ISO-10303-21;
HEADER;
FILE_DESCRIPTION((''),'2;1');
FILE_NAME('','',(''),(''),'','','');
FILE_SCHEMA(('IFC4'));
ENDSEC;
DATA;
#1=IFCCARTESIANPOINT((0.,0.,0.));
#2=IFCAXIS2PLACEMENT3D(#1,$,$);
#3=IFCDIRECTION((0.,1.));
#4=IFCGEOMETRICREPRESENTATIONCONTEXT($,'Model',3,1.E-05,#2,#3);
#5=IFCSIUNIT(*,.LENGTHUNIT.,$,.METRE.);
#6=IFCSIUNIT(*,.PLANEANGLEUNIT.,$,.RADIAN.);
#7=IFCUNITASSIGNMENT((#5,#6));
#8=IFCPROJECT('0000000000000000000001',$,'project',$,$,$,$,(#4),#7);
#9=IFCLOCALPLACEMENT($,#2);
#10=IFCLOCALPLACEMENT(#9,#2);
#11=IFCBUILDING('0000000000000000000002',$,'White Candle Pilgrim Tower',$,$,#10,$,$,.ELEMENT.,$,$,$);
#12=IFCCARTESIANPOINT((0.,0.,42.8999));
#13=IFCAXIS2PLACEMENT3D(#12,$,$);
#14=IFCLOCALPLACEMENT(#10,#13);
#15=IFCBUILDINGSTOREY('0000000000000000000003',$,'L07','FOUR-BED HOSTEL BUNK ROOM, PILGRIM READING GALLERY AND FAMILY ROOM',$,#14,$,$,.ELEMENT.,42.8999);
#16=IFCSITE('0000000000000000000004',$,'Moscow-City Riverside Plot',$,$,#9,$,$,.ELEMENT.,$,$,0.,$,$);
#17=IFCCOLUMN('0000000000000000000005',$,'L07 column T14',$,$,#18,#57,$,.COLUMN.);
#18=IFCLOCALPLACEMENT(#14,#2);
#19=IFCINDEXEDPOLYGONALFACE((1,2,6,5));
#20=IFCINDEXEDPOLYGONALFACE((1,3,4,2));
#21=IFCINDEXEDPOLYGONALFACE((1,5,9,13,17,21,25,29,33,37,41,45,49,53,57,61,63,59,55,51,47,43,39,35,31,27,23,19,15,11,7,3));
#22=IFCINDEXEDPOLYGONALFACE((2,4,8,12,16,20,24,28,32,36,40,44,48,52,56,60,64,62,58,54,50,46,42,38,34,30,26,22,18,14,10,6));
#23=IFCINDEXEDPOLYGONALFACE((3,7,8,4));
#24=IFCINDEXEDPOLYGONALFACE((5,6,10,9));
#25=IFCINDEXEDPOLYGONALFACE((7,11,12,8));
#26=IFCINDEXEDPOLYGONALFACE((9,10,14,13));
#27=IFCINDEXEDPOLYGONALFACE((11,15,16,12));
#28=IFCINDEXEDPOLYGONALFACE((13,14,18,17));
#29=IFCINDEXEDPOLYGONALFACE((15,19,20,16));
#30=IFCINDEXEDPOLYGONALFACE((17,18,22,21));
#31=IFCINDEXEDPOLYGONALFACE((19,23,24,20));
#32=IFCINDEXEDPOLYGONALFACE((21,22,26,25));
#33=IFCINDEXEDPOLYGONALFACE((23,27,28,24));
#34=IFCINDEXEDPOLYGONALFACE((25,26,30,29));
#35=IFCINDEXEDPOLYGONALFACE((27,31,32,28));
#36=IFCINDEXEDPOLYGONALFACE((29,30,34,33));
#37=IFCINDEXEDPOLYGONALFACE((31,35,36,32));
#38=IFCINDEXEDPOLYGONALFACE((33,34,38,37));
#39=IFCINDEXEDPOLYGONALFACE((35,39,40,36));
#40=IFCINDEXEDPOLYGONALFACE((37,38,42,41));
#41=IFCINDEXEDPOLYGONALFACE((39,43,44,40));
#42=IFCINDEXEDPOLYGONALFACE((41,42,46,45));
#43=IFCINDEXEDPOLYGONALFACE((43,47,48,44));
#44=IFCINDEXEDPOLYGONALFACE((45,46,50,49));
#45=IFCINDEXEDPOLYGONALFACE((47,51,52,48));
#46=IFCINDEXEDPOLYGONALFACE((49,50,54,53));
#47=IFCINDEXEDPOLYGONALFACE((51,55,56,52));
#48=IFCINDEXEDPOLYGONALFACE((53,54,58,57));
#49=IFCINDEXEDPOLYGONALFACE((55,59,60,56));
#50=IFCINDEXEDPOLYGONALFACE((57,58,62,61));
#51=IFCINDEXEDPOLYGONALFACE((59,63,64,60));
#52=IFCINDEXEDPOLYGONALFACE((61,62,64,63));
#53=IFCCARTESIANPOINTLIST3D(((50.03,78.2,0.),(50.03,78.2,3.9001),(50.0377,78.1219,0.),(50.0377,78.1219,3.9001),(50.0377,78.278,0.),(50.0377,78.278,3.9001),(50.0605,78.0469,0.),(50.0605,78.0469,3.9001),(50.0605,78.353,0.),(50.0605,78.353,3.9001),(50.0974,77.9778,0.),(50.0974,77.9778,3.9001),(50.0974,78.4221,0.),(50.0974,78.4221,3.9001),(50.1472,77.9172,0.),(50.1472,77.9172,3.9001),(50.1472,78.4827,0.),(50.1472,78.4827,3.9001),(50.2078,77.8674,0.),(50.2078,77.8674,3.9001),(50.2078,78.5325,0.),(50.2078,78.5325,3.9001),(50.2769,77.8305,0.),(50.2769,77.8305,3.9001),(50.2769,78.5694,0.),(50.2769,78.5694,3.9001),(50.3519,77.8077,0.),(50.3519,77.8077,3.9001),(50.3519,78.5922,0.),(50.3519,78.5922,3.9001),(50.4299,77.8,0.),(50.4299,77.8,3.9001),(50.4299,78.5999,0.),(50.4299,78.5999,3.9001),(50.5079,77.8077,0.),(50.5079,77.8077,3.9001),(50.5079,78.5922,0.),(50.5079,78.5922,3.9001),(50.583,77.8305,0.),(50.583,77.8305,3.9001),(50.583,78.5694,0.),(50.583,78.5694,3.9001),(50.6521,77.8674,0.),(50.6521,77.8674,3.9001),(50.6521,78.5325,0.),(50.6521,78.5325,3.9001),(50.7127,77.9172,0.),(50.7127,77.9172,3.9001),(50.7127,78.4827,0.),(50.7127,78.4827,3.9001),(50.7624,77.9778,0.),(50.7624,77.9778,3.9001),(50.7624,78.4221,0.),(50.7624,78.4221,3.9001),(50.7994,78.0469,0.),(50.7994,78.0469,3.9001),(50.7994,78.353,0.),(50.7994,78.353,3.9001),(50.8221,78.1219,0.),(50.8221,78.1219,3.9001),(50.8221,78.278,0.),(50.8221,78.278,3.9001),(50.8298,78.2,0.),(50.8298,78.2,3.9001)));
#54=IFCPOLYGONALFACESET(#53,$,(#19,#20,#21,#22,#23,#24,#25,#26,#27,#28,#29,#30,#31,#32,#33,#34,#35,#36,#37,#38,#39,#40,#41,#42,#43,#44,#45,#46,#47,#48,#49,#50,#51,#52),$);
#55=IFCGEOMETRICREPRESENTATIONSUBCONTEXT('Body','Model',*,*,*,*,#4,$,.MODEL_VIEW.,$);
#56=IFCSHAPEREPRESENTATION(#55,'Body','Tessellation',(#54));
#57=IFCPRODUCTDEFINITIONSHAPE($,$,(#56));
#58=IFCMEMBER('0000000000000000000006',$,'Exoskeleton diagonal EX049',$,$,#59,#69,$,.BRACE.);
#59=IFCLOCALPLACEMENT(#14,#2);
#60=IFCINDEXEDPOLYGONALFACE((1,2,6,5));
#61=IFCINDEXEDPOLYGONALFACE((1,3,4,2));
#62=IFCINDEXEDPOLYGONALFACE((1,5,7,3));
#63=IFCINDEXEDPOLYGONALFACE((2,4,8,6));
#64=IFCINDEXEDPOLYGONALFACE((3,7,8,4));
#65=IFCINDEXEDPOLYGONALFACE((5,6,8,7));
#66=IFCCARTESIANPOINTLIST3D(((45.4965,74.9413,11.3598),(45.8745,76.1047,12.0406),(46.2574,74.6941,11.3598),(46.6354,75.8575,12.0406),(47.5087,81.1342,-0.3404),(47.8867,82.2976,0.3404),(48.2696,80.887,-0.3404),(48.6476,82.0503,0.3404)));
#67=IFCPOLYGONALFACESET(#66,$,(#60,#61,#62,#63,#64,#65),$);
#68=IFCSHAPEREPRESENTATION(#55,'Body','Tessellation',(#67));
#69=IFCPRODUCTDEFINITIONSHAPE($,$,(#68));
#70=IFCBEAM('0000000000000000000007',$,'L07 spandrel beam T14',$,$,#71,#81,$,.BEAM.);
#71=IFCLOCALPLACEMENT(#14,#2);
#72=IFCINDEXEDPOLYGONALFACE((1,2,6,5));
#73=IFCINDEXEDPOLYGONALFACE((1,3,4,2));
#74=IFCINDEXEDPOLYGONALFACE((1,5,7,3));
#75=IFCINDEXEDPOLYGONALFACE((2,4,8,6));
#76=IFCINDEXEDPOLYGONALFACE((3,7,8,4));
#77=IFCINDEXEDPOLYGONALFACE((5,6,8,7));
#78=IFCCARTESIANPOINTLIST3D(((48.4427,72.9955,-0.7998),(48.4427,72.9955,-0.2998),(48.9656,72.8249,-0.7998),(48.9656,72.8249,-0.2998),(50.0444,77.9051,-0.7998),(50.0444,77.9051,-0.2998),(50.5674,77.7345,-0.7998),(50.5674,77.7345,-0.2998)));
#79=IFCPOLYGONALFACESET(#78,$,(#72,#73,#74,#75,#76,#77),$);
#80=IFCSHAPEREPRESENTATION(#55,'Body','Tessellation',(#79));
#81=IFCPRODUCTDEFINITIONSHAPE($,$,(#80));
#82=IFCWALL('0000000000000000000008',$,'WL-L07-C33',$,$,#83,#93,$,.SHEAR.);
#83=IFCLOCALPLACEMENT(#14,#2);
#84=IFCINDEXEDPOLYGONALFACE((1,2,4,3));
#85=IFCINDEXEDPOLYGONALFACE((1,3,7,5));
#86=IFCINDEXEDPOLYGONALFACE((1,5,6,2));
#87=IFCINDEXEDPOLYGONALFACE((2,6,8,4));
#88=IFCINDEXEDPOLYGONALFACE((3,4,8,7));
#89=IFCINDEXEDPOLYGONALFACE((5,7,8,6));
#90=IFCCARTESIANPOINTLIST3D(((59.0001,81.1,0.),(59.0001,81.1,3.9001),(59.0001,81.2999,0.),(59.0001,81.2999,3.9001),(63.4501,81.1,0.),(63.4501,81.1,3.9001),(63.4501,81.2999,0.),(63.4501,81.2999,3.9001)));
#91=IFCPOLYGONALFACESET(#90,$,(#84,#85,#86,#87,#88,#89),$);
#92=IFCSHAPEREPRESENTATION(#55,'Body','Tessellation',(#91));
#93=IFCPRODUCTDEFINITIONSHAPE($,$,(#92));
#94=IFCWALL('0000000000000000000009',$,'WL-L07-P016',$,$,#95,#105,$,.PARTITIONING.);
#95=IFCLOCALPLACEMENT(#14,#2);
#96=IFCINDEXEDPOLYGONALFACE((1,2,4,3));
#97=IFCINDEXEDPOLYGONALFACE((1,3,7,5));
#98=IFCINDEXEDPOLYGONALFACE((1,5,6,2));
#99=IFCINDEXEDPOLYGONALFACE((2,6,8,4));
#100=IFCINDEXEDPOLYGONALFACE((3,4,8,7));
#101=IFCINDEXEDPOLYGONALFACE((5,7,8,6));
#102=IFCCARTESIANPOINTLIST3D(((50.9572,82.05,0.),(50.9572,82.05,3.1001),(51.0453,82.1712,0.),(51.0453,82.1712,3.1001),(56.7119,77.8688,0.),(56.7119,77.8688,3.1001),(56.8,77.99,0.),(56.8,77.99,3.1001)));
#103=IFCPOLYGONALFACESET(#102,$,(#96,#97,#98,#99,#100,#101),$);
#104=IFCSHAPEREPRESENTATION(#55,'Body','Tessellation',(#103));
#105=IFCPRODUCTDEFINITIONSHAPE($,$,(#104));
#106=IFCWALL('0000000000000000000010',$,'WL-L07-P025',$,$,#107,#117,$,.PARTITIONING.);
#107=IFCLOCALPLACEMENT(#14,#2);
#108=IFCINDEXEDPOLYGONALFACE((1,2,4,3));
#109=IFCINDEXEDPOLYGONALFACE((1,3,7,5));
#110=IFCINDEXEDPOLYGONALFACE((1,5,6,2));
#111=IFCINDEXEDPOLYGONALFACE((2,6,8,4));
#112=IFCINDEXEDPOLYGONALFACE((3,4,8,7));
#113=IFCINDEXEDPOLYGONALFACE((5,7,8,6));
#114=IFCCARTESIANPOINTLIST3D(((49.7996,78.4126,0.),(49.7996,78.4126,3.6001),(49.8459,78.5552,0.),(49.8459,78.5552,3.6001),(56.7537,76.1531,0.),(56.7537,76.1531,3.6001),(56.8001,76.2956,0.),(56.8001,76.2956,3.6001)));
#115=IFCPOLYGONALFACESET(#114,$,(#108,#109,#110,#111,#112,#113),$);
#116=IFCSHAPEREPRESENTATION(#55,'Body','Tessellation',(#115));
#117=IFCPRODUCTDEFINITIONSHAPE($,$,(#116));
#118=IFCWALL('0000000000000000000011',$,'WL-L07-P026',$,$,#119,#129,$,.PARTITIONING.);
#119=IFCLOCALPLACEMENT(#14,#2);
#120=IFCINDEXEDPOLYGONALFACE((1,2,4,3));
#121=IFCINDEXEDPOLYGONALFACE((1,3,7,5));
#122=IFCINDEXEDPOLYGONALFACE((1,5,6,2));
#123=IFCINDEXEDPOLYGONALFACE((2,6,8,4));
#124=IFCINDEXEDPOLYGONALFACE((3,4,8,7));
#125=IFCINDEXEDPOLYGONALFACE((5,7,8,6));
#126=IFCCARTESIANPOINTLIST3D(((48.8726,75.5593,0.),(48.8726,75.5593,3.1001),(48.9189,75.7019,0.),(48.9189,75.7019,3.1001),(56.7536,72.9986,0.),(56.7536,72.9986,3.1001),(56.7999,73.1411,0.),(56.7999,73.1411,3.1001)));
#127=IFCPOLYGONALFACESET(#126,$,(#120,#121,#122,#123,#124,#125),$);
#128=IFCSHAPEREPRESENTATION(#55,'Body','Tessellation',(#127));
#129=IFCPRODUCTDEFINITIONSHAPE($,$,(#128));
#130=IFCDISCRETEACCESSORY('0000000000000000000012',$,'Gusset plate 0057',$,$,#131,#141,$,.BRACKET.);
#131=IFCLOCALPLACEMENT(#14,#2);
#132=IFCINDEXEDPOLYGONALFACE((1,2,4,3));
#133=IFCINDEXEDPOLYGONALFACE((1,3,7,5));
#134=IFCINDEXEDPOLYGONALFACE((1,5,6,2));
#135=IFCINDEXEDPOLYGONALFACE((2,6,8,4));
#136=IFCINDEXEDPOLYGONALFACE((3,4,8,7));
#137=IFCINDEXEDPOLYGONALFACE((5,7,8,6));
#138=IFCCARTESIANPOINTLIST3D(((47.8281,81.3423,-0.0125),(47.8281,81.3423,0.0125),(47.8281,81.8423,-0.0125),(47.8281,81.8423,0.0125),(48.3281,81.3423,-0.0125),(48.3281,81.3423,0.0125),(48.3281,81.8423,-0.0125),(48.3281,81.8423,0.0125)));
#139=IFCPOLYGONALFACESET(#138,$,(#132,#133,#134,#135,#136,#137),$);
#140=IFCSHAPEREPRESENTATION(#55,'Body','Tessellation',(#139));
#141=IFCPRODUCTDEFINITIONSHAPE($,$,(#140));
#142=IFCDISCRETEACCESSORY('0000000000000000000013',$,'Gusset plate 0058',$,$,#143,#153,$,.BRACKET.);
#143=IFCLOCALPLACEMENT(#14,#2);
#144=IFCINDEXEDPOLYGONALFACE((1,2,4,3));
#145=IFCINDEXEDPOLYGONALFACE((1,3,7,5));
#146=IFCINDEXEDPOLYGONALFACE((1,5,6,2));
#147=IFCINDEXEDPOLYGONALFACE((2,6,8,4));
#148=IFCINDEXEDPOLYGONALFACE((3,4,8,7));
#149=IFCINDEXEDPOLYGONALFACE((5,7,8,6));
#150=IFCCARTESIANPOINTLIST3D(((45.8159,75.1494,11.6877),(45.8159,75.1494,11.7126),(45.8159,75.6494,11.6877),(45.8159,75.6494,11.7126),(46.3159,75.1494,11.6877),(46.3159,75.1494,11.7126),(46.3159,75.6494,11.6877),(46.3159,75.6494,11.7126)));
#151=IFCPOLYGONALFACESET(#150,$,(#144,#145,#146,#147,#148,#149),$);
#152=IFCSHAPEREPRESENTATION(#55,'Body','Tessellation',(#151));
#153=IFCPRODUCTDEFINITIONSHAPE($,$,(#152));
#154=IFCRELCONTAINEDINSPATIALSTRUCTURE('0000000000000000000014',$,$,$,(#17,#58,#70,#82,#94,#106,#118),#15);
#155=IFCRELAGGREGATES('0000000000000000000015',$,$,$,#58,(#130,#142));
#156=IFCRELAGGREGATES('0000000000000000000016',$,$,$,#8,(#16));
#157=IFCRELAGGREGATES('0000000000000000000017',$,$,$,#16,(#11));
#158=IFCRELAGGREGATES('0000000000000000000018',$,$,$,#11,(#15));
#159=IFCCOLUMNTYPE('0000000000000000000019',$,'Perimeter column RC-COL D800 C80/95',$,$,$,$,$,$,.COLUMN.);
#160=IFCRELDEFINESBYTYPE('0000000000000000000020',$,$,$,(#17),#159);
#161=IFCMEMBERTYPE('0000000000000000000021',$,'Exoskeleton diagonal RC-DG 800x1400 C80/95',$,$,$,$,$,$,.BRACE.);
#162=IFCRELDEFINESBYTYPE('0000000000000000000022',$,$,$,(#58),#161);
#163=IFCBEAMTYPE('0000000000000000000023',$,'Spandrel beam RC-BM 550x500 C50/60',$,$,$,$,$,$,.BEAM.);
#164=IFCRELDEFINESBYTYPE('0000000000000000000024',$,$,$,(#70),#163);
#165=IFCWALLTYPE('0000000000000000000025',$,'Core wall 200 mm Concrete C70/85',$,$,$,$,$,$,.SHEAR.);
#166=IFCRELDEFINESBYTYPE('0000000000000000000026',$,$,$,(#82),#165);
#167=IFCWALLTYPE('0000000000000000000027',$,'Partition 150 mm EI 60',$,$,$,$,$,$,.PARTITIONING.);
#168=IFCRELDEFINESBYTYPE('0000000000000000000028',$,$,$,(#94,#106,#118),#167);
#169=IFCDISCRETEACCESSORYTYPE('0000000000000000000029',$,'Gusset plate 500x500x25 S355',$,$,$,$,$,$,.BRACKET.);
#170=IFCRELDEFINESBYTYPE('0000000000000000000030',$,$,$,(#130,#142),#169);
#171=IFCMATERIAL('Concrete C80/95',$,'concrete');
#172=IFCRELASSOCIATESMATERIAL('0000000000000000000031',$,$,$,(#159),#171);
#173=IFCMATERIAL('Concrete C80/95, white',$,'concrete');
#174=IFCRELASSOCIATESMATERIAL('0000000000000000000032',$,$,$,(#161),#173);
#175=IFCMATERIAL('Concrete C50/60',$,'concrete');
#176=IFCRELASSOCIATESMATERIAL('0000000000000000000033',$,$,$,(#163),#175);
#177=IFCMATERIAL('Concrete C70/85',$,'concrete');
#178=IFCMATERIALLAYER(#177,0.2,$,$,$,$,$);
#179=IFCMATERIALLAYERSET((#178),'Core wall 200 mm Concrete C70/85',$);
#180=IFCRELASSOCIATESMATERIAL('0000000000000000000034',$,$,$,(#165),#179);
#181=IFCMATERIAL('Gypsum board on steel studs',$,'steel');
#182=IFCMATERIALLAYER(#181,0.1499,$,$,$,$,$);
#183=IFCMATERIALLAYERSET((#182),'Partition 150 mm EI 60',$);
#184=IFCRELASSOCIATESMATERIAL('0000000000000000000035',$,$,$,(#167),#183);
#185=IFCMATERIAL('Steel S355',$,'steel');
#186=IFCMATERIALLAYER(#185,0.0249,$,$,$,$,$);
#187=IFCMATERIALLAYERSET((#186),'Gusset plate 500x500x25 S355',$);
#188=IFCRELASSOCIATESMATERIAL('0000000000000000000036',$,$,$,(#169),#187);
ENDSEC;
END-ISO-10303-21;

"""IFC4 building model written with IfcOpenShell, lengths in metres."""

from ifc_helpers import new_model, si_unit, direction, frame, frame_2d, origin, origin_2d, place, context, subcontext, project, spatial, rectangle, circle, extrude, material, layer, layer_set, material_profile, profile_set, type_object, element, aggregate, save


model = new_model("IFC4")

# Units and contexts
model_context = context("Model", 3, precision=1e-05, world=origin(), true_north=direction((0.0, 1.0)))
body_context = subcontext(model_context, "Body", "Model", "MODEL_VIEW")
ifc_project = project(units=[si_unit("LENGTHUNIT", "METRE"), si_unit("PLANEANGLEUNIT", "RADIAN")], contexts=[model_context])

# Site, building, storey
site_placement = place(None, origin())
site = spatial("IfcSite", under=ifc_project, at=site_placement, Name="Moscow-City Riverside Plot", CompositionType="ELEMENT", RefElevation=0.0)
building_placement = place(site_placement, origin())
building = spatial("IfcBuilding", under=site, at=building_placement, Name="White Candle Pilgrim Tower", CompositionType="ELEMENT")
storey_placement = place(building_placement, frame((0.0, 0.0, 42.8999)))
storey = spatial("IfcBuildingStorey", under=building, at=storey_placement, Name="L07", Description="FOUR-BED HOSTEL BUNK ROOM, PILGRIM READING GALLERY AND FAMILY ROOM", CompositionType="ELEMENT", Elevation=42.8999)

# Column
ifc_material_1 = material(Name="Concrete C80/95", Category="concrete")
ifc_material_profile_1 = material_profile(ifc_material_1, circle(Radius=0.3999, at=origin_2d()), Name="RC-COL D800")
ifc_profile_set_1 = profile_set([ifc_material_profile_1], Name="Concrete C80/95")
column_type = type_object("IfcColumnType", Name="Perimeter column RC-COL D800 C80/95", PredefinedType="COLUMN", material=ifc_profile_set_1)
column_placement = place(storey_placement, frame((50.4299, 78.2, 0.0), z_axis=(0.0, 0.0, 1.0), x_axis=(1.0, 0.0, 0.0)))
element("IfcColumn", 1, at=column_placement, inside=storey, type_object=column_type, Name="L07 column T14", PredefinedType="COLUMN", context=body_context, shape_type="SweptSolid", body=[
    extrude(circle(Radius=0.3999, at=origin_2d()), origin(), (0.0, 0.0, 1.0), 3.9001),
])

# Member
ifc_material_2 = material(Name="Concrete C80/95, white", Category="concrete")
ifc_material_profile_2 = material_profile(ifc_material_2, rectangle(XDim=0.8, YDim=1.3999, at=origin_2d()), Name="RC-DG 800x1400")
ifc_profile_set_2 = profile_set([ifc_material_profile_2], Name="Concrete C80/95, white")
member_type = type_object("IfcMemberType", Name="Exoskeleton diagonal RC-DG 800x1400 C80/95", PredefinedType="BRACE", material=ifc_profile_set_2)
member_placement = place(storey_placement, frame((48.0781, 81.5923, 0.0), z_axis=(-0.150276, -0.462496, 0.873793), x_axis=(0.951056, -0.30902, 0.0)))
member = element("IfcMember", 2, at=member_placement, inside=storey, type_object=member_type, Name="Exoskeleton diagonal EX049", PredefinedType="BRACE", context=body_context, shape_type="SweptSolid", body=[
    extrude(rectangle(XDim=0.8, YDim=1.3999, at=origin_2d()), origin(), (0.0, 0.0, 1.0), 13.3901),
])

# Beam
ifc_material_3 = material(Name="Concrete C50/60", Category="concrete")
ifc_material_profile_3 = material_profile(ifc_material_3, rectangle(XDim=0.55, YDim=0.5, at=origin_2d()), Name="RC-BM 550x500")
ifc_profile_set_3 = profile_set([ifc_material_profile_3], Name="Concrete C50/60")
beam_type = type_object("IfcBeamType", Name="Spandrel beam RC-BM 550x500 C50/60", PredefinedType="BEAM", material=ifc_profile_set_3)
beam_placement = place(storey_placement, frame((50.3059, 77.8198, -0.5498), z_axis=(-0.310166, -0.950683, 0.0), x_axis=(0.950683, -0.310166, 0.0)))
element("IfcBeam", 3, at=beam_placement, inside=storey, type_object=beam_type, Name="L07 spandrel beam T14", PredefinedType="BEAM", context=body_context, shape_type="SweptSolid", body=[
    extrude(rectangle(XDim=0.55, YDim=0.5, at=origin_2d()), origin(), (0.0, 0.0, 1.0), 5.1643),
])

# Walls
ifc_material_4 = material(Name="Concrete C70/85", Category="concrete")
ifc_layer_1 = layer(ifc_material_4, 0.2)
ifc_layer_set_1 = layer_set([ifc_layer_1], Name="Core wall 200 mm Concrete C70/85")
wall_type_1 = type_object("IfcWallType", Name="Core wall 200 mm Concrete C70/85", PredefinedType="SHEAR", material=ifc_layer_set_1)
wall_1_placement = place(storey_placement, frame((59.0, 81.2, 0.0), z_axis=(0.0, 0.0, 1.0), x_axis=(1.0, 0.0, 0.0)))
element("IfcWall", 4, at=wall_1_placement, inside=storey, type_object=wall_type_1, Name="WL-L07-C33", PredefinedType="SHEAR", context=body_context, shape_type="SweptSolid", body=[
    extrude(rectangle(XDim=4.45, YDim=0.2, at=frame_2d((2.2251, 0.0))), origin(), (0.0, 0.0, 1.0), 3.9001),
])
ifc_material_5 = material(Name="Gypsum board on steel studs", Category="steel")
ifc_layer_2 = layer(ifc_material_5, 0.1499)
ifc_layer_set_2 = layer_set([ifc_layer_2], Name="Partition 150 mm EI 60")
wall_type_2 = type_object("IfcWallType", Name="Partition 150 mm EI 60", PredefinedType="PARTITIONING", material=ifc_layer_set_2)
wall_2_placement = place(storey_placement, frame((51.0012, 82.1106, 0.0), z_axis=(0.0, 0.0, 1.0), x_axis=(0.809006, -0.5878, 0.0)))
element("IfcWall", 5, at=wall_2_placement, inside=storey, type_object=wall_type_2, Name="WL-L07-P016", PredefinedType="PARTITIONING", context=body_context, shape_type="SweptSolid", body=[
    extrude(rectangle(XDim=7.1133, YDim=0.1499, at=frame_2d((3.5566, 0.0))), origin(), (0.0, 0.0, 1.0), 3.1001),
])
wall_3_placement = place(storey_placement, frame((49.8228, 78.4839, 0.0), z_axis=(0.0, 0.0, 1.0), x_axis=(0.951057, -0.309017, 0.0)))
element("IfcWall", 6, at=wall_3_placement, inside=storey, type_object=wall_type_2, Name="WL-L07-P025", PredefinedType="PARTITIONING", context=body_context, shape_type="SweptSolid", body=[
    extrude(rectangle(XDim=7.312, YDim=0.1499, at=frame_2d((3.656, 0.0))), origin(), (0.0, 0.0, 1.0), 3.6001),
])
wall_4_placement = place(storey_placement, frame((48.8958, 75.6306, 0.0), z_axis=(0.0, 0.0, 1.0), x_axis=(0.951054, -0.309024, 0.0)))
element("IfcWall", 7, at=wall_4_placement, inside=storey, type_object=wall_type_2, Name="WL-L07-P026", PredefinedType="PARTITIONING", context=body_context, shape_type="SweptSolid", body=[
    extrude(rectangle(XDim=8.2866, YDim=0.1499, at=frame_2d((4.1433, 0.0))), origin(), (0.0, 0.0, 1.0), 3.1001),
])

# Discrete accessories
ifc_material_6 = material(Name="Steel S355", Category="steel")
ifc_layer_3 = layer(ifc_material_6, 0.0249)
ifc_layer_set_3 = layer_set([ifc_layer_3], Name="Gusset plate 500x500x25 S355")
discrete_accessory_type = type_object("IfcDiscreteAccessoryType", Name="Gusset plate 500x500x25 S355", PredefinedType="BRACKET", material=ifc_layer_set_3)
discrete_accessory_1_placement = place(storey_placement, frame((48.0781, 81.5923, -0.0125), z_axis=(0.0, 0.0, 1.0), x_axis=(1.0, 0.0, 0.0)))
discrete_accessory_1 = element("IfcDiscreteAccessory", 8, at=discrete_accessory_1_placement, type_object=discrete_accessory_type, Name="Gusset plate 0057", PredefinedType="BRACKET", context=body_context, shape_type="SweptSolid", body=[
    extrude(rectangle(XDim=0.5, YDim=0.5, at=origin_2d()), origin(), (0.0, 0.0, 1.0), 0.0249),
])
placement = place(building_placement, frame((0.0, 0.0, 54.6001)))
discrete_accessory_2_placement = place(placement, frame((46.0659, 75.3994, -0.0125), z_axis=(0.0, 0.0, 1.0), x_axis=(1.0, 0.0, 0.0)))
discrete_accessory_2 = element("IfcDiscreteAccessory", 9, at=discrete_accessory_2_placement, type_object=discrete_accessory_type, Name="Gusset plate 0058", PredefinedType="BRACKET", context=body_context, shape_type="SweptSolid", body=[
    extrude(rectangle(XDim=0.5, YDim=0.5, at=origin_2d()), origin(), (0.0, 0.0, 1.0), 0.0249),
])
aggregate(member, [discrete_accessory_1, discrete_accessory_2])

save(model, "model.ifc")
